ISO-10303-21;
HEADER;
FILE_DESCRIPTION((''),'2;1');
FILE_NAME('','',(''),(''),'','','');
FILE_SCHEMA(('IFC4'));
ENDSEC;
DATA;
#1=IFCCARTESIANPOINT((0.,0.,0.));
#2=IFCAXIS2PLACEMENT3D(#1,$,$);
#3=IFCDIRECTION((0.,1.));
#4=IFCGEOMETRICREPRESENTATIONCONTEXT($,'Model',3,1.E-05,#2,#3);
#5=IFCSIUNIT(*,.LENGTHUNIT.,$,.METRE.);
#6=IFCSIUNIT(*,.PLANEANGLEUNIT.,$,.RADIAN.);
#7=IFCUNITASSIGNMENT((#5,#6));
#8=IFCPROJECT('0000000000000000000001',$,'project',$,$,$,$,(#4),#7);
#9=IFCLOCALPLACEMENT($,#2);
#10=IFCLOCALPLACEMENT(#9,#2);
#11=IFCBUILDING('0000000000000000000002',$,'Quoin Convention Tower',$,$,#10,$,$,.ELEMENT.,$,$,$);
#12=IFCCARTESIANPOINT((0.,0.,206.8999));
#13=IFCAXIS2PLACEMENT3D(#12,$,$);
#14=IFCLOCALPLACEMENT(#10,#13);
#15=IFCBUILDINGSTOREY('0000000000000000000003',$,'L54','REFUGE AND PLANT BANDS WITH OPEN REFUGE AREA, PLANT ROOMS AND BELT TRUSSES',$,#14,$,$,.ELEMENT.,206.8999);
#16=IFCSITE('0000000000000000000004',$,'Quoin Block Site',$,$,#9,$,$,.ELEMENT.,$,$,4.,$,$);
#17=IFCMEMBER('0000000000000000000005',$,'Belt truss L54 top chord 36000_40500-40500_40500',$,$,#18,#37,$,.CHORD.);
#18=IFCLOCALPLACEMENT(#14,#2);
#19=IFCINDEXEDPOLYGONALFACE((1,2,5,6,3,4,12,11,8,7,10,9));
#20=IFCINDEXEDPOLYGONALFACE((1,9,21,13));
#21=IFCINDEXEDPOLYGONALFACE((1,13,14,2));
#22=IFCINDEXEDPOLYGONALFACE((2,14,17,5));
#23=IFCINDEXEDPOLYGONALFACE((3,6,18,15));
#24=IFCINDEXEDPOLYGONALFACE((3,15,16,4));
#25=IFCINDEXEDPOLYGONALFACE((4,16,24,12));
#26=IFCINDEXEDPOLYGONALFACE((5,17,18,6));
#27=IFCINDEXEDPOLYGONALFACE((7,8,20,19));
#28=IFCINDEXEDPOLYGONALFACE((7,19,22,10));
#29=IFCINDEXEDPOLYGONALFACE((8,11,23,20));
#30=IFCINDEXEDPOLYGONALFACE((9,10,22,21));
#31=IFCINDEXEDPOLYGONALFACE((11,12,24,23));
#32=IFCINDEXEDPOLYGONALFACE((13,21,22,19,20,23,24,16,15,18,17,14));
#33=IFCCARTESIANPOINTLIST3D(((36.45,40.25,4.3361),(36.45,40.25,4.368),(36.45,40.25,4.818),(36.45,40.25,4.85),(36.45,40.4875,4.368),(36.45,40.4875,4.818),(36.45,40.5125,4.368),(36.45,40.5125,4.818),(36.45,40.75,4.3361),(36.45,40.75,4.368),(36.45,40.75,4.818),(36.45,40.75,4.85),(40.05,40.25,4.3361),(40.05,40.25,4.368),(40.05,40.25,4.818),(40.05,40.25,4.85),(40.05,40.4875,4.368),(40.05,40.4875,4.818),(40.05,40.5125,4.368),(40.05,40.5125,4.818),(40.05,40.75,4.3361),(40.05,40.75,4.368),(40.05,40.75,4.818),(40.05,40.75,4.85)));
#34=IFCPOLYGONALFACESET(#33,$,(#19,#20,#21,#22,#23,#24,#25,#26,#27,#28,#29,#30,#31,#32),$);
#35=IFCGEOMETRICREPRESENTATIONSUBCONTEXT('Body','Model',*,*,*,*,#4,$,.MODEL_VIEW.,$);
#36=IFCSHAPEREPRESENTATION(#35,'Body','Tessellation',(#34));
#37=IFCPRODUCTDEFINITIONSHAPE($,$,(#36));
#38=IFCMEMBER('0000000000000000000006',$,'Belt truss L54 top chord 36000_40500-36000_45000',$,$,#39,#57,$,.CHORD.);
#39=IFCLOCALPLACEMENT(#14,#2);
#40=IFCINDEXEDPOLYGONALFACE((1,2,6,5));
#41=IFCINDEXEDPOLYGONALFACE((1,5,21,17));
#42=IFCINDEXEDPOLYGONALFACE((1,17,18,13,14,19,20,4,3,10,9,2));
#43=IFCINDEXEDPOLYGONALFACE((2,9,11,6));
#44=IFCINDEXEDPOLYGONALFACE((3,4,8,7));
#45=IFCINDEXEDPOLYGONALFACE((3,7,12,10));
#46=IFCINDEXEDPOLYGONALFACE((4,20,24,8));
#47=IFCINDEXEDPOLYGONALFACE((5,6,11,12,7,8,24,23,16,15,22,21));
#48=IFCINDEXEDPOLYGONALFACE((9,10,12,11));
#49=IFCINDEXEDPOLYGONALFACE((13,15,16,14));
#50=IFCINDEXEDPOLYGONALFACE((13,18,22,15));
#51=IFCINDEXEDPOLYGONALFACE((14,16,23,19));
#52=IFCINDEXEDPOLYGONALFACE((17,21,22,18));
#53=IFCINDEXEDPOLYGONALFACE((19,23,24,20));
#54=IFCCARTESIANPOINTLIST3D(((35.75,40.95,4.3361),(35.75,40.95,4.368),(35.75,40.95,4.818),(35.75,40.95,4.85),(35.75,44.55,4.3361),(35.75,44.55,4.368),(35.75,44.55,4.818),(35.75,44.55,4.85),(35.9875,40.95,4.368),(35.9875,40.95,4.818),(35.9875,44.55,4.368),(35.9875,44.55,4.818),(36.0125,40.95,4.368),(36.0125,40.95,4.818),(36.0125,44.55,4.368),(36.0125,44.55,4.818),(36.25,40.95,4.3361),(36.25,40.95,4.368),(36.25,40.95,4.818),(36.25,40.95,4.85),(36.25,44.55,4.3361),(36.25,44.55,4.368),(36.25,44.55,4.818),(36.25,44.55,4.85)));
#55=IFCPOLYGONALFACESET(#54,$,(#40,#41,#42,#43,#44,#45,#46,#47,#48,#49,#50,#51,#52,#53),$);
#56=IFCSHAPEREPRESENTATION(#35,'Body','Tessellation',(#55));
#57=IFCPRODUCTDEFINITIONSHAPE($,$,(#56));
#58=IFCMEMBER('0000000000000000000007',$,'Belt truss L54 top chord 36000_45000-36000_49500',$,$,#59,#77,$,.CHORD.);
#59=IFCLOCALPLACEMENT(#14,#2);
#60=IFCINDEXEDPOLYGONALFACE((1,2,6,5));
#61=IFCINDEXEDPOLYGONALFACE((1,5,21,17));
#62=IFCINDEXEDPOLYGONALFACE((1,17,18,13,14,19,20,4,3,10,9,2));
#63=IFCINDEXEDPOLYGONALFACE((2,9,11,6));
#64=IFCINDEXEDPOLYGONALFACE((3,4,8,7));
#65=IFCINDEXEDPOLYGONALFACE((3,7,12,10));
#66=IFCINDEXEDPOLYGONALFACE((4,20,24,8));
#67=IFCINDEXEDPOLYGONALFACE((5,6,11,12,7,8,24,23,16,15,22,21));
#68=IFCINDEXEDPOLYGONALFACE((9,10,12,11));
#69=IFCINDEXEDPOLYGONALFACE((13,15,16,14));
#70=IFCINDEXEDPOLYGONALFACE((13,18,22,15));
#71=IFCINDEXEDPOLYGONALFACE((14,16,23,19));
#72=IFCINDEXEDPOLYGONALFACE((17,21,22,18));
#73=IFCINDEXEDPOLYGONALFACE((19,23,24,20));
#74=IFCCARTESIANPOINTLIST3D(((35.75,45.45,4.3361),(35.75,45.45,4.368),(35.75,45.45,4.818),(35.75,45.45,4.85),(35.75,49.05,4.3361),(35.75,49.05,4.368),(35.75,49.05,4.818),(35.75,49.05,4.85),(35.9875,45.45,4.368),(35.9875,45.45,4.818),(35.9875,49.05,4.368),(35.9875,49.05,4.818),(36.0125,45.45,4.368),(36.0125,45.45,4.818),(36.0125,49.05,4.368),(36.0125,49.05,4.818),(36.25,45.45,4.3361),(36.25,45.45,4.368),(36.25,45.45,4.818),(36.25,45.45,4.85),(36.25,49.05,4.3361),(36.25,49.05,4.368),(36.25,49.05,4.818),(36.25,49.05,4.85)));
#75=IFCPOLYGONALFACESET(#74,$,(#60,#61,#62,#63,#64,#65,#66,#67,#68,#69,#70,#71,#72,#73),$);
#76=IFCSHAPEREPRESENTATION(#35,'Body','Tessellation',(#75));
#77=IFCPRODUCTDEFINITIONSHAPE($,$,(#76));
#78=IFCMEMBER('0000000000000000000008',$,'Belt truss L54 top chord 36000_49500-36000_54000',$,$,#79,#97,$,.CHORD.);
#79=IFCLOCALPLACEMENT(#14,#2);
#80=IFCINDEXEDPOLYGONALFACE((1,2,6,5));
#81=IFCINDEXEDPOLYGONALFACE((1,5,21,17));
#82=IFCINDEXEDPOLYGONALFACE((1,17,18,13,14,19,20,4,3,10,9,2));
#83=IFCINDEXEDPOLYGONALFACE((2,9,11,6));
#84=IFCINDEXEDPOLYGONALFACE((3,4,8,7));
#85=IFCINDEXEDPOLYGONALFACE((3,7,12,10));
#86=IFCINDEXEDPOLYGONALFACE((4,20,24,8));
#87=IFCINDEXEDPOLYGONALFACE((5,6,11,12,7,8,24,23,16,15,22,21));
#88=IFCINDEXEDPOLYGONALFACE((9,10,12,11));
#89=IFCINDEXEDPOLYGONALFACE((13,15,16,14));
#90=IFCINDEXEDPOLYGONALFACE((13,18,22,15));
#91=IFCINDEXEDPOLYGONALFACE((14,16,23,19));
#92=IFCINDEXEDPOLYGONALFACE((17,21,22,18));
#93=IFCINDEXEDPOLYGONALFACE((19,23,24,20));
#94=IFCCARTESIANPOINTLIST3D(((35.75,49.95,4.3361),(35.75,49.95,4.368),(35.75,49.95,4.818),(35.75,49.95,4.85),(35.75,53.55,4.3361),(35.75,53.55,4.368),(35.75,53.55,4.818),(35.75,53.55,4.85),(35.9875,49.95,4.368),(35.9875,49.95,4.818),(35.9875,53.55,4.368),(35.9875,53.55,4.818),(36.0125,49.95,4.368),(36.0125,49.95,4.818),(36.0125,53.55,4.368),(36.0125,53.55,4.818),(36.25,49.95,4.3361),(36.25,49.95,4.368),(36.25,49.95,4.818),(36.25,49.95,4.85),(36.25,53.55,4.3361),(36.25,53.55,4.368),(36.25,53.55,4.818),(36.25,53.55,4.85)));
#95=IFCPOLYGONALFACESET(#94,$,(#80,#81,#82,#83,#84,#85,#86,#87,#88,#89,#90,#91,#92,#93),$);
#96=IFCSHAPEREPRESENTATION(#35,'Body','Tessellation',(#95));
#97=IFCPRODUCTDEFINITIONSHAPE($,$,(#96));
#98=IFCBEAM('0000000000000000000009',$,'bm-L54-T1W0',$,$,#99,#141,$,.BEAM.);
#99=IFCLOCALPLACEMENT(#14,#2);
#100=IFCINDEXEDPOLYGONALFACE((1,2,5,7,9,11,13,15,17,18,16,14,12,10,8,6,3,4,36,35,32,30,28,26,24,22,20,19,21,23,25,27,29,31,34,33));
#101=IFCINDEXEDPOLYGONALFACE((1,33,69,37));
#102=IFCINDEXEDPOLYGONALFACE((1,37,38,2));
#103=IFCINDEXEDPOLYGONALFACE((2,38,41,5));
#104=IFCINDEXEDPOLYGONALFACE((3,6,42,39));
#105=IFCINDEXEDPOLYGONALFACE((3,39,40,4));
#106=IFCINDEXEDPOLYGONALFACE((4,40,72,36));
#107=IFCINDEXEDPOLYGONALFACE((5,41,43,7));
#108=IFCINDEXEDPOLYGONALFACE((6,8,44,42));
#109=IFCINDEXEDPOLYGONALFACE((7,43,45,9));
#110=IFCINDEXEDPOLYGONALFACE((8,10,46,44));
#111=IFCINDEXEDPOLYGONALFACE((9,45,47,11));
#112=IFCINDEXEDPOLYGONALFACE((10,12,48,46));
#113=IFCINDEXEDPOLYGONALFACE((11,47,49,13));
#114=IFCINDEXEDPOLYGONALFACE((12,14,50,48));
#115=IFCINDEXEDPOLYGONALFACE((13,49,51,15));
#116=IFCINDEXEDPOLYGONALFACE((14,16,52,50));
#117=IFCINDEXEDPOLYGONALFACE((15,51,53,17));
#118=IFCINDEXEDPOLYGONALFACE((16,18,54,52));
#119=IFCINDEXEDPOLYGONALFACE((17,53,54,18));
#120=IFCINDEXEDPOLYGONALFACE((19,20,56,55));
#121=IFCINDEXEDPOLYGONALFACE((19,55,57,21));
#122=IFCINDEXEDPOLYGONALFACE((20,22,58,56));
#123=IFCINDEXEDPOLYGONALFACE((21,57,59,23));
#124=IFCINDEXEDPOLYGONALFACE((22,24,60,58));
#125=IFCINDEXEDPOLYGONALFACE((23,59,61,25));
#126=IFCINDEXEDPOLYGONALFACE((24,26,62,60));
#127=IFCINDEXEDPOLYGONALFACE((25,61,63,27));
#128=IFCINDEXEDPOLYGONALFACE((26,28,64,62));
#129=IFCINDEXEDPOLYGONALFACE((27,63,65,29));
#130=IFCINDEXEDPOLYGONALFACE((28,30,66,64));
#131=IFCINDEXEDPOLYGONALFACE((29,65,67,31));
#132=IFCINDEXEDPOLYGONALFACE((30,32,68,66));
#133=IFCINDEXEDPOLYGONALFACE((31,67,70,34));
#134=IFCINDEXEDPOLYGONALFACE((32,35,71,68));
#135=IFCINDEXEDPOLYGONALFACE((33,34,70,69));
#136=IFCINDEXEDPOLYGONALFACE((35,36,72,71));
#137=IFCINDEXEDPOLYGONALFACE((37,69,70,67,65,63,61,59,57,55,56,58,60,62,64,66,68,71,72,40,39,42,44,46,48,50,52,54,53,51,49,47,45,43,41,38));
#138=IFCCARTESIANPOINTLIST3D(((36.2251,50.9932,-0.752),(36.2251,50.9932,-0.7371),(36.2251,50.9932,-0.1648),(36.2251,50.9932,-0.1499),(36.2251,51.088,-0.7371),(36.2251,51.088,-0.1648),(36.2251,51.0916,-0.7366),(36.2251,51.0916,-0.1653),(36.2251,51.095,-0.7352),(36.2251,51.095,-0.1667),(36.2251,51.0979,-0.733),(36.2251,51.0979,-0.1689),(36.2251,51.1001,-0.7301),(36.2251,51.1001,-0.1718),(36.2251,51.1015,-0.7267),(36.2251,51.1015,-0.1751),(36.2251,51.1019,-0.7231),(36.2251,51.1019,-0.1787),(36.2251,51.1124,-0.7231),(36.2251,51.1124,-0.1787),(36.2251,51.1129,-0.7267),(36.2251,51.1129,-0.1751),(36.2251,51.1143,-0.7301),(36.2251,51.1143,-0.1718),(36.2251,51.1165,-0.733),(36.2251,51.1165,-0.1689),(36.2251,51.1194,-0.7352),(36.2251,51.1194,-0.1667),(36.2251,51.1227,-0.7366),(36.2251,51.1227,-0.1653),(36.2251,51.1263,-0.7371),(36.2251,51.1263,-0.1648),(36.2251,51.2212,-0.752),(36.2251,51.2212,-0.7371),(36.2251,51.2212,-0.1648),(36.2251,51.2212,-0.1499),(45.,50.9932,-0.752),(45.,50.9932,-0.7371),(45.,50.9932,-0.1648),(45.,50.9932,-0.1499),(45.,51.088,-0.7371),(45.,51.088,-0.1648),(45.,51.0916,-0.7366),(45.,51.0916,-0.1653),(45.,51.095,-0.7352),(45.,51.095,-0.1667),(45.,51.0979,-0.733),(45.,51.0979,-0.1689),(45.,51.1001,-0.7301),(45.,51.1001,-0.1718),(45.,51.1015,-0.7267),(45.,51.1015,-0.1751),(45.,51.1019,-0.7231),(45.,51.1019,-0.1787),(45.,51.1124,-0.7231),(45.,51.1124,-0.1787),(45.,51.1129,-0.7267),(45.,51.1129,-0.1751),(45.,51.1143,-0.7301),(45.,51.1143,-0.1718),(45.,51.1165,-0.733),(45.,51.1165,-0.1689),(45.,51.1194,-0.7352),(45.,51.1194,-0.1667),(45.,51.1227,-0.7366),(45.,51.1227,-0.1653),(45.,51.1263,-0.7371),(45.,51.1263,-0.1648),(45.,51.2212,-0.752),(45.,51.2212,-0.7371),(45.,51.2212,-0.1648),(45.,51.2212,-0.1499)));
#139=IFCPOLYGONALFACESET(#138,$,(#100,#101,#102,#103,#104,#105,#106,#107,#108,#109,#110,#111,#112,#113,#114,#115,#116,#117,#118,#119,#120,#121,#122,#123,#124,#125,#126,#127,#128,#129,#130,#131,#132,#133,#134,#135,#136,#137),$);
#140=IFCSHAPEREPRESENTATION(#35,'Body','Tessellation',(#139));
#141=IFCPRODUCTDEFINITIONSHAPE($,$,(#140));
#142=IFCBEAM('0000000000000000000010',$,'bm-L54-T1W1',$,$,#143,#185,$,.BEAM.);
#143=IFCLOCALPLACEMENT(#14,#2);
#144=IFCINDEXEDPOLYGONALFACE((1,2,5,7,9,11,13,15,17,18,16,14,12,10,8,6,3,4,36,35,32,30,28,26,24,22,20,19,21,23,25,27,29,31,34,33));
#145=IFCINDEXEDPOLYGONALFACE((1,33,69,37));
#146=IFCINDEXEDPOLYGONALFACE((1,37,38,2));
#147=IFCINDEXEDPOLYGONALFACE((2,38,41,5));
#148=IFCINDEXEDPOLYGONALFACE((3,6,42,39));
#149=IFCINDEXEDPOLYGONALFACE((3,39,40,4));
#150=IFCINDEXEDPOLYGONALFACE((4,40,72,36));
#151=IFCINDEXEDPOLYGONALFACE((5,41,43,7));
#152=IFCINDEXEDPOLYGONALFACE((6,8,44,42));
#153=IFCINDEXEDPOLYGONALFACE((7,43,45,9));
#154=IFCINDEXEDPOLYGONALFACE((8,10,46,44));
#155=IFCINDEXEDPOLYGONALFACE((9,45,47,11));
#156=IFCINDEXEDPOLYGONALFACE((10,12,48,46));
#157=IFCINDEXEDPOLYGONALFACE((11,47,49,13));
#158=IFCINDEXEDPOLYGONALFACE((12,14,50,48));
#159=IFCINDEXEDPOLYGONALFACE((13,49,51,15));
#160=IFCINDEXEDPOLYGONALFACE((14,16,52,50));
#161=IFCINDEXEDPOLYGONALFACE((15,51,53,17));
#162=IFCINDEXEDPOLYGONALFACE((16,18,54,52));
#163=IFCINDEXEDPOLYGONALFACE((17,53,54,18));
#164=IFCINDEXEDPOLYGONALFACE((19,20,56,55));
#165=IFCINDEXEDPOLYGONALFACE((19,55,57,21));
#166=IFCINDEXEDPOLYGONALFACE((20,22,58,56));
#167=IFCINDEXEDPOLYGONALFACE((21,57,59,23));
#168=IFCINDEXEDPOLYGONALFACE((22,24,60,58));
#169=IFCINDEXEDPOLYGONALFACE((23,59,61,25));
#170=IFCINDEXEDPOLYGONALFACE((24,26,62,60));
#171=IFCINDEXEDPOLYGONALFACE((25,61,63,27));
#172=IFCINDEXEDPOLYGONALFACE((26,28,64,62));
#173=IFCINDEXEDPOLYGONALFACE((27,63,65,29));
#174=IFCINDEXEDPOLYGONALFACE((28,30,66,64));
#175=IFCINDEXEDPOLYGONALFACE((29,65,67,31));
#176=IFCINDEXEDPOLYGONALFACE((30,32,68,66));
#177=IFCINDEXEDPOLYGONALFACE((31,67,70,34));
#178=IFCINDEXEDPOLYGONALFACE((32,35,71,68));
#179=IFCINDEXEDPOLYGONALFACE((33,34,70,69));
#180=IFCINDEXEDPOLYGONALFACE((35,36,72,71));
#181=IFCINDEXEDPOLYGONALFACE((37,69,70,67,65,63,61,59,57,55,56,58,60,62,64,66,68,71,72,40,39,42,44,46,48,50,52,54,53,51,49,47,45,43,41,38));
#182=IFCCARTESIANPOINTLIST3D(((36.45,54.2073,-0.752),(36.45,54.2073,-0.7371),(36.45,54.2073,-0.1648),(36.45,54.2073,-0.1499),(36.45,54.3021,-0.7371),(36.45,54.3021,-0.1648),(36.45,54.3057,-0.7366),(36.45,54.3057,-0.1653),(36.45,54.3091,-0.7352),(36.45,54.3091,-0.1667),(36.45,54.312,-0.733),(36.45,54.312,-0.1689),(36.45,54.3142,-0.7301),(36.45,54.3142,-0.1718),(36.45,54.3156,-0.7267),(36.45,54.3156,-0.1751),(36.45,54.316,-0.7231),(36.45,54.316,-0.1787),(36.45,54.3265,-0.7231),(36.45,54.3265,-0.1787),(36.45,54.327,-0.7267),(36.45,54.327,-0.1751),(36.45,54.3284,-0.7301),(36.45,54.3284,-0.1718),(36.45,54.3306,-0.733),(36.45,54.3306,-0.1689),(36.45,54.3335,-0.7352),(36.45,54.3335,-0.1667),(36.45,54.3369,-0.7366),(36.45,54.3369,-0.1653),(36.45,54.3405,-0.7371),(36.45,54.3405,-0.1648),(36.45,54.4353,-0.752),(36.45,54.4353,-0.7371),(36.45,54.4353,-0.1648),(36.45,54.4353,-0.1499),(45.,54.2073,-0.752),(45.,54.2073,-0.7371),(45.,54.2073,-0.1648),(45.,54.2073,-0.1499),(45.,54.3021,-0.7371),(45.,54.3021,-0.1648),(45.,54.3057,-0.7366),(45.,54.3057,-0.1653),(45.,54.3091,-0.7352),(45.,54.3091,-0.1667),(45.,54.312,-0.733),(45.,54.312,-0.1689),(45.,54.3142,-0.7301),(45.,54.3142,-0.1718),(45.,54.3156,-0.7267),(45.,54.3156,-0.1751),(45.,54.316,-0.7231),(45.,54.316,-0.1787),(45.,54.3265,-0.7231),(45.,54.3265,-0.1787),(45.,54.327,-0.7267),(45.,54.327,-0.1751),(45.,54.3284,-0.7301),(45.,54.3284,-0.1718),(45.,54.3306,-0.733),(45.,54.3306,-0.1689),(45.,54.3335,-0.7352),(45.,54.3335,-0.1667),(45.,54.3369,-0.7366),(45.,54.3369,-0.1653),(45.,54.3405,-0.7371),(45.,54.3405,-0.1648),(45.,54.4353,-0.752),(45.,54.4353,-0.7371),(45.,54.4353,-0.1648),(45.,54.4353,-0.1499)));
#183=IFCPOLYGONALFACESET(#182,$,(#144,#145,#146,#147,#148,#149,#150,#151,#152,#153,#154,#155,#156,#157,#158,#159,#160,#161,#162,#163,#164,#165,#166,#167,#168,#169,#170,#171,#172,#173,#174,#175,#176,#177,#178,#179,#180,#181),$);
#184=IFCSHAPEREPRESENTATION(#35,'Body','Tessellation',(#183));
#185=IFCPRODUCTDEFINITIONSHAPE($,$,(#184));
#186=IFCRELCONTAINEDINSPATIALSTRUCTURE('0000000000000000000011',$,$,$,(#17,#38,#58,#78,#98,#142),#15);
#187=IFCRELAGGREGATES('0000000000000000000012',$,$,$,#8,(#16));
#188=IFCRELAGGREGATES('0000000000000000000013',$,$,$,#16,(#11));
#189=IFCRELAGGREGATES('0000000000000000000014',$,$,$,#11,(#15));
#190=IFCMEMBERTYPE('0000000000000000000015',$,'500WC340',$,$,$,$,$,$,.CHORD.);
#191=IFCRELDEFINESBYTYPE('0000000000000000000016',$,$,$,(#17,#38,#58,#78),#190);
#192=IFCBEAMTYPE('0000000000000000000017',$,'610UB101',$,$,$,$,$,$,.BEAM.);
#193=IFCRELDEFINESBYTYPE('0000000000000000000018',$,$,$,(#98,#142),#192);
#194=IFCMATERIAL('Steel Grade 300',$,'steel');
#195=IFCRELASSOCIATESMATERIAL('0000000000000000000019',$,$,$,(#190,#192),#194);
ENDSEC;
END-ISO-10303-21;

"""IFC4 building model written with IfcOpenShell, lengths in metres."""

from ifc_helpers import new_model, si_unit, direction, frame, origin, origin_2d, place, context, subcontext, project, spatial, i_section, extrude, material, material_profile, profile_set, type_object, element, save


model = new_model("IFC4")

# Units and contexts
model_context = context("Model", 3, precision=1e-05, world=origin(), true_north=direction((0.0, 1.0)))
body_context = subcontext(model_context, "Body", "Model", "MODEL_VIEW")
ifc_project = project(units=[si_unit("LENGTHUNIT", "METRE"), si_unit("PLANEANGLEUNIT", "RADIAN")], contexts=[model_context])

# Site, building, storey
site_placement = place(None, origin())
site = spatial("IfcSite", under=ifc_project, at=site_placement, Name="Quoin Block Site", CompositionType="ELEMENT", RefElevation=4.0)
building_placement = place(site_placement, origin())
building = spatial("IfcBuilding", under=site, at=building_placement, Name="Quoin Convention Tower", CompositionType="ELEMENT")
storey_placement = place(building_placement, frame((0.0, 0.0, 206.8999)))
storey = spatial("IfcBuildingStorey", under=building, at=storey_placement, Name="L54", Description="REFUGE AND PLANT BANDS WITH OPEN REFUGE AREA, PLANT ROOMS AND BELT TRUSSES", CompositionType="ELEMENT", Elevation=206.8999)

# Members
ifc_material_1 = material(Name="Steel Grade 300", Category="steel")
ifc_material_profile_1 = material_profile(ifc_material_1, i_section(OverallWidth=0.5, OverallDepth=0.5139, WebThickness=0.0249, FlangeThickness=0.032, at=origin_2d()), Name="500WC340")
ifc_profile_set_1 = profile_set([ifc_material_profile_1], Name="Steel Grade 300")
member_type_1 = type_object("IfcMemberType", Name="500WC340", PredefinedType="CHORD", material=ifc_profile_set_1)
for number, where, z_axis, x_axis, name in (
    (1, (36.45, 40.5, 4.593), (1.0, 0.0, 0.0), (0.0, 1.0, 0.0), "Belt truss L54 top chord 36000_40500-40500_40500"),
    (2, (36.0, 40.95, 4.593), (0.0, 1.0, 0.0), (-1.0, 0.0, 0.0), "Belt truss L54 top chord 36000_40500-36000_45000"),
    (3, (36.0, 45.45, 4.593), (0.0, 1.0, 0.0), (-1.0, 0.0, 0.0), "Belt truss L54 top chord 36000_45000-36000_49500"),
    (4, (36.0, 49.95, 4.593), (0.0, 1.0, 0.0), (-1.0, 0.0, 0.0), "Belt truss L54 top chord 36000_49500-36000_54000"),
):
    element("IfcMember", number, at=place(storey_placement, frame(where, z_axis=z_axis, x_axis=x_axis)), inside=storey, type_object=member_type_1, Name=name, PredefinedType="CHORD", context=body_context, shape_type="SweptSolid", body=[
        extrude(i_section(OverallWidth=0.5, OverallDepth=0.5139, WebThickness=0.0249, FlangeThickness=0.032, at=origin_2d()), origin(), (0.0, 0.0, 1.0), 3.6001),
    ])

# Beams
ifc_material_profile_2 = material_profile(ifc_material_1, i_section(OverallWidth=0.228, OverallDepth=0.6021, WebThickness=0.0105, FlangeThickness=0.0149, FilletRadius=0.0139, at=origin_2d()), Name="610UB101")
ifc_profile_set_2 = profile_set([ifc_material_profile_2], Name="Steel Grade 300")
beam_type_1 = type_object("IfcBeamType", Name="610UB101", PredefinedType="BEAM", material=ifc_profile_set_2)
beam_1_placement = place(storey_placement, frame((36.2251, 51.1072, -0.4509), z_axis=(1.0, 0.0, 0.0), x_axis=(0.0, 1.0, 0.0)))
element("IfcBeam", 5, at=beam_1_placement, inside=storey, type_object=beam_type_1, Name="bm-L54-T1W0", PredefinedType="BEAM", context=body_context, shape_type="SweptSolid", body=[
    extrude(i_section(OverallWidth=0.228, OverallDepth=0.6021, WebThickness=0.0105, FlangeThickness=0.0149, FilletRadius=0.0139, at=origin_2d()), origin(), (0.0, 0.0, 1.0), 8.7749),
])
beam_2_placement = place(storey_placement, frame((36.45, 54.3213, -0.4509), z_axis=(1.0, 0.0, 0.0), x_axis=(0.0, 1.0, 0.0)))
element("IfcBeam", 6, at=beam_2_placement, inside=storey, type_object=beam_type_1, Name="bm-L54-T1W1", PredefinedType="BEAM", context=body_context, shape_type="SweptSolid", body=[
    extrude(i_section(OverallWidth=0.228, OverallDepth=0.6021, WebThickness=0.0105, FlangeThickness=0.0149, FilletRadius=0.0139, at=origin_2d()), origin(), (0.0, 0.0, 1.0), 8.55),
])

save(model, "model.ifc")
